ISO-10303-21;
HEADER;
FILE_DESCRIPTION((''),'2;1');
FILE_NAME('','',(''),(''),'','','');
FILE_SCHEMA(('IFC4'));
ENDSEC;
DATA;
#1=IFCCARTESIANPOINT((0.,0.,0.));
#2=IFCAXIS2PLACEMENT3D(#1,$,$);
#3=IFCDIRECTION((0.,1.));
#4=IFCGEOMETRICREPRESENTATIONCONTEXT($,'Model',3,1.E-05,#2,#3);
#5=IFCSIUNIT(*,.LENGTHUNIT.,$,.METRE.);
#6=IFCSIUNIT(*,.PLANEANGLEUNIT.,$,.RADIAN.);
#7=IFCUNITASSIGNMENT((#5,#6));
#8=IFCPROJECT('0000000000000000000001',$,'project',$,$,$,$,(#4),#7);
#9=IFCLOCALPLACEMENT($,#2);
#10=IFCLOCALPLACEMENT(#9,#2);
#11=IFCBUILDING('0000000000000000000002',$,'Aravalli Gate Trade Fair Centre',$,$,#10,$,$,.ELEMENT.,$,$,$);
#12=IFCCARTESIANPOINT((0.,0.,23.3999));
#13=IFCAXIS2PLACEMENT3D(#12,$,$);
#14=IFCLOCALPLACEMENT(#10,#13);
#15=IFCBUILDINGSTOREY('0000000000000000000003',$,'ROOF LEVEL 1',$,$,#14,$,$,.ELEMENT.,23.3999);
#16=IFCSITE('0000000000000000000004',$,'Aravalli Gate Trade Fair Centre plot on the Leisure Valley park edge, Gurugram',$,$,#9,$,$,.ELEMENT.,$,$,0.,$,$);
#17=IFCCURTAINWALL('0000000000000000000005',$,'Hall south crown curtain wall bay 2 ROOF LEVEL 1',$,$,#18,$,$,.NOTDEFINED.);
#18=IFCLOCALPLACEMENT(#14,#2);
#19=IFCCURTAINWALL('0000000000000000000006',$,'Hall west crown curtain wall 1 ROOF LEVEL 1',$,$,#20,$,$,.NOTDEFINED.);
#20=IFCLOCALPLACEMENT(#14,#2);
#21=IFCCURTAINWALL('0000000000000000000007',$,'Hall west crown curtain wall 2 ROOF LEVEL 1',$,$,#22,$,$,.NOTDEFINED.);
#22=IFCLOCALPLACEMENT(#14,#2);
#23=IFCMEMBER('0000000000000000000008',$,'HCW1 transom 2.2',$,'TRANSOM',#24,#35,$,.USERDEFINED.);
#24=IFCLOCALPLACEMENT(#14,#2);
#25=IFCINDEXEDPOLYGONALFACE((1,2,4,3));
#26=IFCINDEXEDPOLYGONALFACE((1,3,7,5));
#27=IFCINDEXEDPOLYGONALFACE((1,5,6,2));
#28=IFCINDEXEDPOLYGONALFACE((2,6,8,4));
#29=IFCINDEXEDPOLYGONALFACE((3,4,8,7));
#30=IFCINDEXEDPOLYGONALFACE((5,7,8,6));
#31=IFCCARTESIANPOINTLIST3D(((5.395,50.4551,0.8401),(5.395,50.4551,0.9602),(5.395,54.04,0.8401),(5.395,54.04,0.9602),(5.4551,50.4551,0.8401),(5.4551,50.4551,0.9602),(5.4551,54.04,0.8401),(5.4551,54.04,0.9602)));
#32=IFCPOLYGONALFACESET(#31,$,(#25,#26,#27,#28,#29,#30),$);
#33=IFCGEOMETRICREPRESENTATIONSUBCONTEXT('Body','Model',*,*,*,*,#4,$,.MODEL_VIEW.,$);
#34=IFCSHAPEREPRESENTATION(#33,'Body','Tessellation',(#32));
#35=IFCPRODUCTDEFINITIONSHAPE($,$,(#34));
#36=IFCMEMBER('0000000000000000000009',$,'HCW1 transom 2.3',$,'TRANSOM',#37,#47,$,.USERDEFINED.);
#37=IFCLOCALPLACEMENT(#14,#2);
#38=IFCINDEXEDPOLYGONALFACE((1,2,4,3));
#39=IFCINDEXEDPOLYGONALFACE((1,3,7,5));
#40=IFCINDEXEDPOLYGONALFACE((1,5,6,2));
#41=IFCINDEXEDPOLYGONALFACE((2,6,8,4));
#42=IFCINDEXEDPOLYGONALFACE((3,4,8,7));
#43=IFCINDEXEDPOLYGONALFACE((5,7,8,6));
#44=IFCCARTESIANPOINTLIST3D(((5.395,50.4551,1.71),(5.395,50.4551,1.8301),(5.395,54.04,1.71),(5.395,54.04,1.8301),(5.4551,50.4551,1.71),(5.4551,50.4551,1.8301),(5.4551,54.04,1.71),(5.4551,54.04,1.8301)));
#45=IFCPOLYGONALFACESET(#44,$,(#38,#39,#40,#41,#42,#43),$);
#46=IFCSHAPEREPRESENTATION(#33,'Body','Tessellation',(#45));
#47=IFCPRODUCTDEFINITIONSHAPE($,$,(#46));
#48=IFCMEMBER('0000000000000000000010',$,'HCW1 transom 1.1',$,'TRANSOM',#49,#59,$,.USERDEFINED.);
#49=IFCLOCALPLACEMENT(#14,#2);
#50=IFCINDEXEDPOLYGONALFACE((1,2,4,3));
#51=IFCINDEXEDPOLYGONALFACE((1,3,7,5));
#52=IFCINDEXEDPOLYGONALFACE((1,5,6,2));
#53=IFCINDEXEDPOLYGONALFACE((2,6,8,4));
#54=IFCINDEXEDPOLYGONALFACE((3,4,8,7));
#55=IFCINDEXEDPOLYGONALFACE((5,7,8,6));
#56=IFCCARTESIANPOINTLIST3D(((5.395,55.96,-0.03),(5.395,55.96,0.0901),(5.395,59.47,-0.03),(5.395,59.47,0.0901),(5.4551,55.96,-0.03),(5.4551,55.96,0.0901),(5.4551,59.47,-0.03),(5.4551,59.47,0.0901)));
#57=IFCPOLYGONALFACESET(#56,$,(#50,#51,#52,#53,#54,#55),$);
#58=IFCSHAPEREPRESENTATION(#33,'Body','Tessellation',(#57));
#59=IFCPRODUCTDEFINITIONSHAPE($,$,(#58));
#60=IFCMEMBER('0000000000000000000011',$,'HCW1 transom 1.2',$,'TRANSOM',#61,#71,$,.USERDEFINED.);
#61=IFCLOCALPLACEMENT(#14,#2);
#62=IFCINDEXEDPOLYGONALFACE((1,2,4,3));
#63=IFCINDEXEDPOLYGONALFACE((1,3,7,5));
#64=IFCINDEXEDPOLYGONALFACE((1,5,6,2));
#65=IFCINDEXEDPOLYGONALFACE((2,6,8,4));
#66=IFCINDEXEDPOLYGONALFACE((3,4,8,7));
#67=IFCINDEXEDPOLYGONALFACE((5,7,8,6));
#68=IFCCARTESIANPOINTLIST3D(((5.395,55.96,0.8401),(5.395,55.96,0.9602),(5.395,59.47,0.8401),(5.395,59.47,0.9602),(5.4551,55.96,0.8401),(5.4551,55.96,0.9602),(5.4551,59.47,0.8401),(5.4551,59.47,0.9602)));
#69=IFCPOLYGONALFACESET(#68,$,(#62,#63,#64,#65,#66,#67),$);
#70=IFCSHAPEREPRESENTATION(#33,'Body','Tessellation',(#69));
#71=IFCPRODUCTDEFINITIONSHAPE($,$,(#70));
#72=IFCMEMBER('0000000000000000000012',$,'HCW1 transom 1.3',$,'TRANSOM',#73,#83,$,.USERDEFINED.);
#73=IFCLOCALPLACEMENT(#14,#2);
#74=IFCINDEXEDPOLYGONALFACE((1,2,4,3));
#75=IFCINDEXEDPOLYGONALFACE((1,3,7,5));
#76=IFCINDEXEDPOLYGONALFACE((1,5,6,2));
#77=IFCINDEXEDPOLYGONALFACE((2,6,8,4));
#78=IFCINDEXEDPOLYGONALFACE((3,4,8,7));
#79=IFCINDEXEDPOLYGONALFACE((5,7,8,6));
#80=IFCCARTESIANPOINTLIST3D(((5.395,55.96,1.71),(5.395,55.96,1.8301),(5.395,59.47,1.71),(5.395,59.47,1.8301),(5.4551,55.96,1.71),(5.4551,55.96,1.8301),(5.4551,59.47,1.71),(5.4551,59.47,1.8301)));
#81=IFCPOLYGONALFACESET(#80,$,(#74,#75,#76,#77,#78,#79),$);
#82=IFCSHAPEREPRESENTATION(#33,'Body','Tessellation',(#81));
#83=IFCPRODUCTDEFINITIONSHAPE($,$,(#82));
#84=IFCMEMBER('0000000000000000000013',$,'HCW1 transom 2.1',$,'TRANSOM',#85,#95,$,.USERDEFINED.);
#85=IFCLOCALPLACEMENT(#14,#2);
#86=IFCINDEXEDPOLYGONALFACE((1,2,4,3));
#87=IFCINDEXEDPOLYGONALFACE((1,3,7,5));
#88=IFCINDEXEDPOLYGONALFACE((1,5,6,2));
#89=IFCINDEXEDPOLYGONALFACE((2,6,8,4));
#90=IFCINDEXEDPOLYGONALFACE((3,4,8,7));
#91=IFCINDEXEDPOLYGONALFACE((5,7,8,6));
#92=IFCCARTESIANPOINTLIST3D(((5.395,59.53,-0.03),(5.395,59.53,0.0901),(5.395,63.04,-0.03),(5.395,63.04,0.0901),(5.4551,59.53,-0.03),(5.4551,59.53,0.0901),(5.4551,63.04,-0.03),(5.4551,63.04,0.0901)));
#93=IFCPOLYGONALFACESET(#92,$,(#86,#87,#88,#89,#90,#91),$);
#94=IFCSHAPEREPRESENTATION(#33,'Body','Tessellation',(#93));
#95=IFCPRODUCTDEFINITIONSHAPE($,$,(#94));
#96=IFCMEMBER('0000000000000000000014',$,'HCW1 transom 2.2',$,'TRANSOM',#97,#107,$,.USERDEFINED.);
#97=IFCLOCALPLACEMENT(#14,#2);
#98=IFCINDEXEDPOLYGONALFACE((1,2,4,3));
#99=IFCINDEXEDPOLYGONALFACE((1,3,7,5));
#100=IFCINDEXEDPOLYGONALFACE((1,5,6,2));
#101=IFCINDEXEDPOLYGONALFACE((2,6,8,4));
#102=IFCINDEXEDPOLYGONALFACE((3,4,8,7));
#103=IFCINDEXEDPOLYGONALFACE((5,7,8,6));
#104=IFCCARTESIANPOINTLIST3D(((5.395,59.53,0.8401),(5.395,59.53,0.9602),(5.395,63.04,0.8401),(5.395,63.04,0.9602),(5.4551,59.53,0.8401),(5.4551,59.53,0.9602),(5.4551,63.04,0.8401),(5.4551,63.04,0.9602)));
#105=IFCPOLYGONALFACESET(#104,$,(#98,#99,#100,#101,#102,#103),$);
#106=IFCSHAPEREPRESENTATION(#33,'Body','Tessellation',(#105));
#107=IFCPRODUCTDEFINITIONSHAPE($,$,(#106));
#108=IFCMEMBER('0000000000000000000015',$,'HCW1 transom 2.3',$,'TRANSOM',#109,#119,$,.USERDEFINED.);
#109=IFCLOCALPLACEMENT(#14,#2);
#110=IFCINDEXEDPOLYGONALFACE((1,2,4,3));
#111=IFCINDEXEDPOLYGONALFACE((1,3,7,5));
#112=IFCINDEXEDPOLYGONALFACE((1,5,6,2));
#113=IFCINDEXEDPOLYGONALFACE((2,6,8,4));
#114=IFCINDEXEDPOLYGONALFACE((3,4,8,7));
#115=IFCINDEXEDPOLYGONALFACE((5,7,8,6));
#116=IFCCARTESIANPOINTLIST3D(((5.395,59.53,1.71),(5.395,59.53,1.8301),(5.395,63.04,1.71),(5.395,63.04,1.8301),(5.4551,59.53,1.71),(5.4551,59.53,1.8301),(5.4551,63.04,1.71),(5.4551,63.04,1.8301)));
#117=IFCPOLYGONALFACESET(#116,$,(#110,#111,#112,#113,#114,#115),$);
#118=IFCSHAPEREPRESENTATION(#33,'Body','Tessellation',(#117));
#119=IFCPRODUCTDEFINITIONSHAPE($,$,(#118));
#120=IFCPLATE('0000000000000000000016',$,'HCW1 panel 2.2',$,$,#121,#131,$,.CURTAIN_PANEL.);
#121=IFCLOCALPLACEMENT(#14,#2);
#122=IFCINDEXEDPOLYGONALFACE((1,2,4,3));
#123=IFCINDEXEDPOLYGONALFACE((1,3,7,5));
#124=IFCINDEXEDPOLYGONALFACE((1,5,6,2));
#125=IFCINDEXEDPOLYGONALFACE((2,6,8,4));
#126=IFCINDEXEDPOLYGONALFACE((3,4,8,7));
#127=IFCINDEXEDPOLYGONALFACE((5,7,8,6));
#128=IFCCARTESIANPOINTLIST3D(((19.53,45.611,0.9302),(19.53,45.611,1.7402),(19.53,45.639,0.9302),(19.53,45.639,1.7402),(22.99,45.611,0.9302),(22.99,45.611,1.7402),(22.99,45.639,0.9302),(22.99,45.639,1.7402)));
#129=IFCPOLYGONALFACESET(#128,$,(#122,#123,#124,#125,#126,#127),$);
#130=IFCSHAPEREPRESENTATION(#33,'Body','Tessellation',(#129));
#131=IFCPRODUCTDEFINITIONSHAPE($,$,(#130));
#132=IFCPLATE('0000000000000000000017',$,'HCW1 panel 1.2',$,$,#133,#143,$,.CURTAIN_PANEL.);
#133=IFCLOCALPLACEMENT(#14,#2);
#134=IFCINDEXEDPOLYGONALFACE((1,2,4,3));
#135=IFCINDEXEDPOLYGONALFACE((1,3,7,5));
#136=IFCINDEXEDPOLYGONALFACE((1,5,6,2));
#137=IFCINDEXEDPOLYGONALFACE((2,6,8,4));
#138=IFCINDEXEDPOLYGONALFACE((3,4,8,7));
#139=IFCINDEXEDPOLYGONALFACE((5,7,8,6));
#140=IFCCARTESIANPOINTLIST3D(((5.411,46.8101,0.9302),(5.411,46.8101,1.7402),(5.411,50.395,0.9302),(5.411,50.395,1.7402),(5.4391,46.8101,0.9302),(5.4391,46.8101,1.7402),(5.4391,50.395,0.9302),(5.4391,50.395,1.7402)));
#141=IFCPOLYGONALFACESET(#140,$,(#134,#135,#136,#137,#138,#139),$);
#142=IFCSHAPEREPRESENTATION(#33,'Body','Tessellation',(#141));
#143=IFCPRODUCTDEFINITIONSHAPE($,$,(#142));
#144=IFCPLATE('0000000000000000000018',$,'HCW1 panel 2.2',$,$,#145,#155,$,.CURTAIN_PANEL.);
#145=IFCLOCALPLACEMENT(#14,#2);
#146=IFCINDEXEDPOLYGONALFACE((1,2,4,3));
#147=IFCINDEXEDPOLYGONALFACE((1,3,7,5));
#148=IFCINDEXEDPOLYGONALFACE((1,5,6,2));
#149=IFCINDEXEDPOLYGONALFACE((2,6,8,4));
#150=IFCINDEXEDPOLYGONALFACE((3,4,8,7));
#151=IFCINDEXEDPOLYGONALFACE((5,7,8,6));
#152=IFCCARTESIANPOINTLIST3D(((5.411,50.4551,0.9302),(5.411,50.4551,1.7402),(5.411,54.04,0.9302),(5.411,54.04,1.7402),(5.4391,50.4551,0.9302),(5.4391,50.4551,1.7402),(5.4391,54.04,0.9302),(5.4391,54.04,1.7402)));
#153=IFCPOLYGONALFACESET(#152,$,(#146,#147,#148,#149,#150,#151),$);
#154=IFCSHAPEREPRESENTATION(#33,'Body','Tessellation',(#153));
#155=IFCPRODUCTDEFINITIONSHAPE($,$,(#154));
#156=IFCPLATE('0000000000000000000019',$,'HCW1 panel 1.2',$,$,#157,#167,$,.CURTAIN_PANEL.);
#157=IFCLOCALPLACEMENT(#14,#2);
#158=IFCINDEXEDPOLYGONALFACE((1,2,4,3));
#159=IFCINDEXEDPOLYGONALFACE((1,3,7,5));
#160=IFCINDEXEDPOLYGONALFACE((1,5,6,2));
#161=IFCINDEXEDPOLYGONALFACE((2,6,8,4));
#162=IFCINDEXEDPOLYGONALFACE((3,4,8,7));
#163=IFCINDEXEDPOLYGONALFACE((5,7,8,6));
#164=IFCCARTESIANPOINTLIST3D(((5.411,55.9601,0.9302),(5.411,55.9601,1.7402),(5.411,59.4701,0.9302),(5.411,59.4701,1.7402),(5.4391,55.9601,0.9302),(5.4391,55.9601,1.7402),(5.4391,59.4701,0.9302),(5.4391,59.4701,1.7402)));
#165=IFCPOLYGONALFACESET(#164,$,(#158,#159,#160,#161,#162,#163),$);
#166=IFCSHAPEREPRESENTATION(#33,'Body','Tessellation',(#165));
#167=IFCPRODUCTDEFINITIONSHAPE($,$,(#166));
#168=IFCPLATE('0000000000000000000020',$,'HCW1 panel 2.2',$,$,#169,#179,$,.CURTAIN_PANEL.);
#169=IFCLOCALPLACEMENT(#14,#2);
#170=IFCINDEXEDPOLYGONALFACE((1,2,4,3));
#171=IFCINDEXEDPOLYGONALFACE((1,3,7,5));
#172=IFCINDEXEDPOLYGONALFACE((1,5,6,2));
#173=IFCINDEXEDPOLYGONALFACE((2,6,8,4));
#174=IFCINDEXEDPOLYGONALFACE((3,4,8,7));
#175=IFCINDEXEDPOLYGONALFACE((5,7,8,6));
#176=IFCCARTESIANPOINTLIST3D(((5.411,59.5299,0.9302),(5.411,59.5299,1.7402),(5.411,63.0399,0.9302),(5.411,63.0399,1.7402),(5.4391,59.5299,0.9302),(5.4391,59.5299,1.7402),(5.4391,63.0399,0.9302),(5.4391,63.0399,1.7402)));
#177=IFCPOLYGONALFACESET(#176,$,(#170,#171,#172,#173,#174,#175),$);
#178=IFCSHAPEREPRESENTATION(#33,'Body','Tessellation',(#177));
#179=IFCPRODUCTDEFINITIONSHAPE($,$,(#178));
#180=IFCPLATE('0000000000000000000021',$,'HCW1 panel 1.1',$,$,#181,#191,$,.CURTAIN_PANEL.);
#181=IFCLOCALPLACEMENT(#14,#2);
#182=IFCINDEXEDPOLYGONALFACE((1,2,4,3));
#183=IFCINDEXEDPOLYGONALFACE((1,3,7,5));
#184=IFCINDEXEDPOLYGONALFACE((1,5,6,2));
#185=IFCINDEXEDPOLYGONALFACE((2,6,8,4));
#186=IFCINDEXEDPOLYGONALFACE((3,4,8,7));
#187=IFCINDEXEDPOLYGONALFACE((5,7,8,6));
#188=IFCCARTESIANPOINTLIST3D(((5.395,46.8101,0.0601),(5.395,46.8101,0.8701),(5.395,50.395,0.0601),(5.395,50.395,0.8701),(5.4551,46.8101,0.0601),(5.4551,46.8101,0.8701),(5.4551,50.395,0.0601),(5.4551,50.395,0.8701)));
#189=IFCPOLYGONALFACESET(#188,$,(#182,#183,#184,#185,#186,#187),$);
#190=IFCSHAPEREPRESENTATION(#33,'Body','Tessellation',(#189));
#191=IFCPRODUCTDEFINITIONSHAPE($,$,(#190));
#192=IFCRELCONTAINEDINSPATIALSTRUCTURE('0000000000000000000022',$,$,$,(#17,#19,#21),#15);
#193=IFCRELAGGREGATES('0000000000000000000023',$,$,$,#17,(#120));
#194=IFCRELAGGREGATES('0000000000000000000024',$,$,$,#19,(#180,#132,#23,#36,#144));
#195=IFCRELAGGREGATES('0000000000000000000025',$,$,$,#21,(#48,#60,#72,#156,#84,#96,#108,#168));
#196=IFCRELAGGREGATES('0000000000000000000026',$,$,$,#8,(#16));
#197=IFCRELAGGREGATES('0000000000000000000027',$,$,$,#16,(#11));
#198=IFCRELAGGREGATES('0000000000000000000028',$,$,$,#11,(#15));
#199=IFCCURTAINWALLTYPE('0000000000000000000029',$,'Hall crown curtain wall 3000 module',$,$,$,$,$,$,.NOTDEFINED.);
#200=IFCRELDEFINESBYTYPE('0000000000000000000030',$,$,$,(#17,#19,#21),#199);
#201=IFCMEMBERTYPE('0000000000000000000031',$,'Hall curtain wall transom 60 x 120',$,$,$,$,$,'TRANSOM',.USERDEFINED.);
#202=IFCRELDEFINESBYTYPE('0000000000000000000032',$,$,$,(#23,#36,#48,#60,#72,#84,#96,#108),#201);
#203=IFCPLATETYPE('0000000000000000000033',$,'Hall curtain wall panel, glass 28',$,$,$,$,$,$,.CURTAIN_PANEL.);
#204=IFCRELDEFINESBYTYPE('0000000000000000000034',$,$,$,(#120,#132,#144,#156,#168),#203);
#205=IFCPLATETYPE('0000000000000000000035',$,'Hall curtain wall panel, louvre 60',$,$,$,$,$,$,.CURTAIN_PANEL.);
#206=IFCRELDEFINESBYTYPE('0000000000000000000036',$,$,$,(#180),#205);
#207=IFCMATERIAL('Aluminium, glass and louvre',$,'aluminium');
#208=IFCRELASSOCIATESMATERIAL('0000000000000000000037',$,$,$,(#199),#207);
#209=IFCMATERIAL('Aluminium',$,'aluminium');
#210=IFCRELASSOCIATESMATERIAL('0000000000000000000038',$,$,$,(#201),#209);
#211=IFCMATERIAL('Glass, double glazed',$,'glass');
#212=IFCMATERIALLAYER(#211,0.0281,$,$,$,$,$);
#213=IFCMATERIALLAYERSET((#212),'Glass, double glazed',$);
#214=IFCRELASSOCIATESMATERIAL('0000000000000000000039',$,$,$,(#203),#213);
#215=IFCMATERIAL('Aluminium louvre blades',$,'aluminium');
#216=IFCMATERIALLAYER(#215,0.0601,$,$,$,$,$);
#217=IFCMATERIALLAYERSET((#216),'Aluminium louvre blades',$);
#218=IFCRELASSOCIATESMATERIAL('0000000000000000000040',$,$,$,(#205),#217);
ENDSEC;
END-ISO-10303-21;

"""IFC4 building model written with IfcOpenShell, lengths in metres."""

from ifc_helpers import new_model, si_unit, direction, frame, origin, origin_2d, place, context, subcontext, project, spatial, rectangle, extrude, material, layer, layer_set, material_profile, profile_set, type_object, element, aggregate, save


model = new_model("IFC4")

# Units and contexts
model_context = context("Model", 3, precision=1e-05, world=origin(), true_north=direction((0.0, 1.0)))
body_context = subcontext(model_context, "Body", "Model", "MODEL_VIEW")
ifc_project = project(units=[si_unit("LENGTHUNIT", "METRE"), si_unit("PLANEANGLEUNIT", "RADIAN")], contexts=[model_context])

# Site, building, storey
site_placement = place(None, origin())
site = spatial("IfcSite", under=ifc_project, at=site_placement, Name="Aravalli Gate Trade Fair Centre plot on the Leisure Valley park edge, Gurugram", CompositionType="ELEMENT", RefElevation=0.0)
building_placement = place(site_placement, origin())
building = spatial("IfcBuilding", under=site, at=building_placement, Name="Aravalli Gate Trade Fair Centre", CompositionType="ELEMENT")
storey_placement = place(building_placement, frame((0.0, 0.0, 23.3999)))
storey = spatial("IfcBuildingStorey", under=building, at=storey_placement, Name="ROOF LEVEL 1", CompositionType="ELEMENT", Elevation=23.3999)

# Curtain wall
ifc_material_1 = material(Name="Aluminium, glass and louvre", Category="aluminium")
curtain_wall_type = type_object("IfcCurtainWallType", Name="Hall crown curtain wall 3000 module", PredefinedType="NOTDEFINED", material=ifc_material_1)
curtain_wall_1_placement = place(storey_placement, origin())
curtain_wall_1 = element("IfcCurtainWall", 1, at=curtain_wall_1_placement, inside=storey, type_object=curtain_wall_type, Name="Hall south crown curtain wall bay 2 ROOF LEVEL 1", PredefinedType="NOTDEFINED")
ifc_material_2 = material(Name="Aluminium", Category="aluminium")

# Curtain walls
curtain_wall_2_placement = place(storey_placement, origin())
curtain_wall_2 = element("IfcCurtainWall", 2, at=curtain_wall_2_placement, inside=storey, type_object=curtain_wall_type, Name="Hall west crown curtain wall 1 ROOF LEVEL 1", PredefinedType="NOTDEFINED")
curtain_wall_3_placement = place(storey_placement, origin())
curtain_wall_3 = element("IfcCurtainWall", 3, at=curtain_wall_3_placement, inside=storey, type_object=curtain_wall_type, Name="Hall west crown curtain wall 2 ROOF LEVEL 1", PredefinedType="NOTDEFINED")

# Members
ifc_material_profile_1 = material_profile(ifc_material_2, rectangle(XDim=0.0601, YDim=0.1201, at=origin_2d()), Name="Hall curtain wall transom 60 x 120")
ifc_profile_set_1 = profile_set([ifc_material_profile_1], Name="Aluminium")
member_type_1 = type_object("IfcMemberType", Name="Hall curtain wall transom 60 x 120", ElementType="TRANSOM", PredefinedType="USERDEFINED", material=ifc_profile_set_1)
member_1_placement = place(storey_placement, frame((5.425, 50.4551, 0.9001), z_axis=(0.0, 1.0, 0.0), x_axis=(-1.0, 0.0, 0.0)))
member_1 = element("IfcMember", 4, at=member_1_placement, type_object=member_type_1, Name="HCW1 transom 2.2", ObjectType="TRANSOM", PredefinedType="USERDEFINED", context=body_context, shape_type="SweptSolid", body=[
    extrude(rectangle(XDim=0.0601, YDim=0.1201, at=origin_2d()), origin(), (0.0, 0.0, 1.0), 3.585),
])
member_2_placement = place(storey_placement, frame((5.425, 50.4551, 1.77), z_axis=(0.0, 1.0, 0.0), x_axis=(-1.0, 0.0, 0.0)))
member_2 = element("IfcMember", 5, at=member_2_placement, type_object=member_type_1, Name="HCW1 transom 2.3", ObjectType="TRANSOM", PredefinedType="USERDEFINED", context=body_context, shape_type="SweptSolid", body=[
    extrude(rectangle(XDim=0.0601, YDim=0.1201, at=origin_2d()), origin(), (0.0, 0.0, 1.0), 3.585),
])
member_3_placement = place(storey_placement, frame((5.425, 55.96, 0.03), z_axis=(0.0, 1.0, 0.0), x_axis=(-1.0, 0.0, 0.0)))
member_3 = element("IfcMember", 6, at=member_3_placement, type_object=member_type_1, Name="HCW1 transom 1.1", ObjectType="TRANSOM", PredefinedType="USERDEFINED", context=body_context, shape_type="SweptSolid", body=[
    extrude(rectangle(XDim=0.0601, YDim=0.1201, at=origin_2d()), origin(), (0.0, 0.0, 1.0), 3.51),
])
member_4_placement = place(storey_placement, frame((5.425, 55.96, 0.9001), z_axis=(0.0, 1.0, 0.0), x_axis=(-1.0, 0.0, 0.0)))
member_4 = element("IfcMember", 7, at=member_4_placement, type_object=member_type_1, Name="HCW1 transom 1.2", ObjectType="TRANSOM", PredefinedType="USERDEFINED", context=body_context, shape_type="SweptSolid", body=[
    extrude(rectangle(XDim=0.0601, YDim=0.1201, at=origin_2d()), origin(), (0.0, 0.0, 1.0), 3.51),
])
member_5_placement = place(storey_placement, frame((5.425, 55.96, 1.77), z_axis=(0.0, 1.0, 0.0), x_axis=(-1.0, 0.0, 0.0)))
member_5 = element("IfcMember", 8, at=member_5_placement, type_object=member_type_1, Name="HCW1 transom 1.3", ObjectType="TRANSOM", PredefinedType="USERDEFINED", context=body_context, shape_type="SweptSolid", body=[
    extrude(rectangle(XDim=0.0601, YDim=0.1201, at=origin_2d()), origin(), (0.0, 0.0, 1.0), 3.51),
])
member_6_placement = place(storey_placement, frame((5.425, 59.53, 0.03), z_axis=(0.0, 1.0, 0.0), x_axis=(-1.0, 0.0, 0.0)))
member_6 = element("IfcMember", 9, at=member_6_placement, type_object=member_type_1, Name="HCW1 transom 2.1", ObjectType="TRANSOM", PredefinedType="USERDEFINED", context=body_context, shape_type="SweptSolid", body=[
    extrude(rectangle(XDim=0.0601, YDim=0.1201, at=origin_2d()), origin(), (0.0, 0.0, 1.0), 3.51),
])
member_7_placement = place(storey_placement, frame((5.425, 59.53, 0.9001), z_axis=(0.0, 1.0, 0.0), x_axis=(-1.0, 0.0, 0.0)))
member_7 = element("IfcMember", 10, at=member_7_placement, type_object=member_type_1, Name="HCW1 transom 2.2", ObjectType="TRANSOM", PredefinedType="USERDEFINED", context=body_context, shape_type="SweptSolid", body=[
    extrude(rectangle(XDim=0.0601, YDim=0.1201, at=origin_2d()), origin(), (0.0, 0.0, 1.0), 3.51),
])
member_8_placement = place(storey_placement, frame((5.425, 59.53, 1.77), z_axis=(0.0, 1.0, 0.0), x_axis=(-1.0, 0.0, 0.0)))
member_8 = element("IfcMember", 11, at=member_8_placement, type_object=member_type_1, Name="HCW1 transom 2.3", ObjectType="TRANSOM", PredefinedType="USERDEFINED", context=body_context, shape_type="SweptSolid", body=[
    extrude(rectangle(XDim=0.0601, YDim=0.1201, at=origin_2d()), origin(), (0.0, 0.0, 1.0), 3.51),
])

# Plates
ifc_material_3 = material(Name="Glass, double glazed", Category="glass")
ifc_layer_1 = layer(ifc_material_3, 0.0281)
ifc_layer_set_1 = layer_set([ifc_layer_1], Name="Glass, double glazed")
plate_type_1 = type_object("IfcPlateType", Name="Hall curtain wall panel, glass 28", PredefinedType="CURTAIN_PANEL", material=ifc_layer_set_1)
plate_1_placement = place(storey_placement, frame((21.26, 45.625, 0.9302), z_axis=(0.0, 0.0, 1.0), x_axis=(1.0, 0.0, 0.0)))
plate_1 = element("IfcPlate", 12, at=plate_1_placement, type_object=plate_type_1, Name="HCW1 panel 2.2", PredefinedType="CURTAIN_PANEL", context=body_context, shape_type="SweptSolid", body=[
    extrude(rectangle(XDim=3.46, YDim=0.0281, at=origin_2d()), origin(), (0.0, 0.0, 1.0), 0.8101),
])
aggregate(curtain_wall_1, [plate_1])
plate_2_placement = place(storey_placement, frame((5.425, 48.6025, 0.9302), z_axis=(0.0, 0.0, 1.0), x_axis=(0.0, 1.0, 0.0)))
plate_2 = element("IfcPlate", 13, at=plate_2_placement, type_object=plate_type_1, Name="HCW1 panel 1.2", PredefinedType="CURTAIN_PANEL", context=body_context, shape_type="SweptSolid", body=[
    extrude(rectangle(XDim=3.585, YDim=0.0281, at=origin_2d()), origin(), (0.0, 0.0, 1.0), 0.8101),
])
plate_3_placement = place(storey_placement, frame((5.425, 52.2476, 0.9302), z_axis=(0.0, 0.0, 1.0), x_axis=(0.0, 1.0, 0.0)))
plate_3 = element("IfcPlate", 14, at=plate_3_placement, type_object=plate_type_1, Name="HCW1 panel 2.2", PredefinedType="CURTAIN_PANEL", context=body_context, shape_type="SweptSolid", body=[
    extrude(rectangle(XDim=3.585, YDim=0.0281, at=origin_2d()), origin(), (0.0, 0.0, 1.0), 0.8101),
])
plate_4_placement = place(storey_placement, frame((5.425, 57.7151, 0.9302), z_axis=(0.0, 0.0, 1.0), x_axis=(0.0, 1.0, 0.0)))
plate_4 = element("IfcPlate", 15, at=plate_4_placement, type_object=plate_type_1, Name="HCW1 panel 1.2", PredefinedType="CURTAIN_PANEL", context=body_context, shape_type="SweptSolid", body=[
    extrude(rectangle(XDim=3.51, YDim=0.0281, at=origin_2d()), origin(), (0.0, 0.0, 1.0), 0.8101),
])
plate_5_placement = place(storey_placement, frame((5.425, 61.2849, 0.9302), z_axis=(0.0, 0.0, 1.0), x_axis=(0.0, 1.0, 0.0)))
plate_5 = element("IfcPlate", 16, at=plate_5_placement, type_object=plate_type_1, Name="HCW1 panel 2.2", PredefinedType="CURTAIN_PANEL", context=body_context, shape_type="SweptSolid", body=[
    extrude(rectangle(XDim=3.51, YDim=0.0281, at=origin_2d()), origin(), (0.0, 0.0, 1.0), 0.8101),
])
ifc_material_4 = material(Name="Aluminium louvre blades", Category="aluminium")
ifc_layer_2 = layer(ifc_material_4, 0.0601)
ifc_layer_set_2 = layer_set([ifc_layer_2], Name="Aluminium louvre blades")
plate_type_2 = type_object("IfcPlateType", Name="Hall curtain wall panel, louvre 60", PredefinedType="CURTAIN_PANEL", material=ifc_layer_set_2)
plate_6_placement = place(storey_placement, frame((5.425, 48.6025, 0.0601), z_axis=(0.0, 0.0, 1.0), x_axis=(0.0, 1.0, 0.0)))
plate_6 = element("IfcPlate", 17, at=plate_6_placement, type_object=plate_type_2, Name="HCW1 panel 1.1", PredefinedType="CURTAIN_PANEL", context=body_context, shape_type="SweptSolid", body=[
    extrude(rectangle(XDim=3.585, YDim=0.0601, at=origin_2d()), origin(), (0.0, 0.0, 1.0), 0.8101),
])
aggregate(curtain_wall_2, [plate_6, plate_2, member_1, member_2, plate_3])
aggregate(curtain_wall_3, [member_3, member_4, member_5, plate_4, member_6, member_7, member_8, plate_5])

save(model, "model.ifc")
